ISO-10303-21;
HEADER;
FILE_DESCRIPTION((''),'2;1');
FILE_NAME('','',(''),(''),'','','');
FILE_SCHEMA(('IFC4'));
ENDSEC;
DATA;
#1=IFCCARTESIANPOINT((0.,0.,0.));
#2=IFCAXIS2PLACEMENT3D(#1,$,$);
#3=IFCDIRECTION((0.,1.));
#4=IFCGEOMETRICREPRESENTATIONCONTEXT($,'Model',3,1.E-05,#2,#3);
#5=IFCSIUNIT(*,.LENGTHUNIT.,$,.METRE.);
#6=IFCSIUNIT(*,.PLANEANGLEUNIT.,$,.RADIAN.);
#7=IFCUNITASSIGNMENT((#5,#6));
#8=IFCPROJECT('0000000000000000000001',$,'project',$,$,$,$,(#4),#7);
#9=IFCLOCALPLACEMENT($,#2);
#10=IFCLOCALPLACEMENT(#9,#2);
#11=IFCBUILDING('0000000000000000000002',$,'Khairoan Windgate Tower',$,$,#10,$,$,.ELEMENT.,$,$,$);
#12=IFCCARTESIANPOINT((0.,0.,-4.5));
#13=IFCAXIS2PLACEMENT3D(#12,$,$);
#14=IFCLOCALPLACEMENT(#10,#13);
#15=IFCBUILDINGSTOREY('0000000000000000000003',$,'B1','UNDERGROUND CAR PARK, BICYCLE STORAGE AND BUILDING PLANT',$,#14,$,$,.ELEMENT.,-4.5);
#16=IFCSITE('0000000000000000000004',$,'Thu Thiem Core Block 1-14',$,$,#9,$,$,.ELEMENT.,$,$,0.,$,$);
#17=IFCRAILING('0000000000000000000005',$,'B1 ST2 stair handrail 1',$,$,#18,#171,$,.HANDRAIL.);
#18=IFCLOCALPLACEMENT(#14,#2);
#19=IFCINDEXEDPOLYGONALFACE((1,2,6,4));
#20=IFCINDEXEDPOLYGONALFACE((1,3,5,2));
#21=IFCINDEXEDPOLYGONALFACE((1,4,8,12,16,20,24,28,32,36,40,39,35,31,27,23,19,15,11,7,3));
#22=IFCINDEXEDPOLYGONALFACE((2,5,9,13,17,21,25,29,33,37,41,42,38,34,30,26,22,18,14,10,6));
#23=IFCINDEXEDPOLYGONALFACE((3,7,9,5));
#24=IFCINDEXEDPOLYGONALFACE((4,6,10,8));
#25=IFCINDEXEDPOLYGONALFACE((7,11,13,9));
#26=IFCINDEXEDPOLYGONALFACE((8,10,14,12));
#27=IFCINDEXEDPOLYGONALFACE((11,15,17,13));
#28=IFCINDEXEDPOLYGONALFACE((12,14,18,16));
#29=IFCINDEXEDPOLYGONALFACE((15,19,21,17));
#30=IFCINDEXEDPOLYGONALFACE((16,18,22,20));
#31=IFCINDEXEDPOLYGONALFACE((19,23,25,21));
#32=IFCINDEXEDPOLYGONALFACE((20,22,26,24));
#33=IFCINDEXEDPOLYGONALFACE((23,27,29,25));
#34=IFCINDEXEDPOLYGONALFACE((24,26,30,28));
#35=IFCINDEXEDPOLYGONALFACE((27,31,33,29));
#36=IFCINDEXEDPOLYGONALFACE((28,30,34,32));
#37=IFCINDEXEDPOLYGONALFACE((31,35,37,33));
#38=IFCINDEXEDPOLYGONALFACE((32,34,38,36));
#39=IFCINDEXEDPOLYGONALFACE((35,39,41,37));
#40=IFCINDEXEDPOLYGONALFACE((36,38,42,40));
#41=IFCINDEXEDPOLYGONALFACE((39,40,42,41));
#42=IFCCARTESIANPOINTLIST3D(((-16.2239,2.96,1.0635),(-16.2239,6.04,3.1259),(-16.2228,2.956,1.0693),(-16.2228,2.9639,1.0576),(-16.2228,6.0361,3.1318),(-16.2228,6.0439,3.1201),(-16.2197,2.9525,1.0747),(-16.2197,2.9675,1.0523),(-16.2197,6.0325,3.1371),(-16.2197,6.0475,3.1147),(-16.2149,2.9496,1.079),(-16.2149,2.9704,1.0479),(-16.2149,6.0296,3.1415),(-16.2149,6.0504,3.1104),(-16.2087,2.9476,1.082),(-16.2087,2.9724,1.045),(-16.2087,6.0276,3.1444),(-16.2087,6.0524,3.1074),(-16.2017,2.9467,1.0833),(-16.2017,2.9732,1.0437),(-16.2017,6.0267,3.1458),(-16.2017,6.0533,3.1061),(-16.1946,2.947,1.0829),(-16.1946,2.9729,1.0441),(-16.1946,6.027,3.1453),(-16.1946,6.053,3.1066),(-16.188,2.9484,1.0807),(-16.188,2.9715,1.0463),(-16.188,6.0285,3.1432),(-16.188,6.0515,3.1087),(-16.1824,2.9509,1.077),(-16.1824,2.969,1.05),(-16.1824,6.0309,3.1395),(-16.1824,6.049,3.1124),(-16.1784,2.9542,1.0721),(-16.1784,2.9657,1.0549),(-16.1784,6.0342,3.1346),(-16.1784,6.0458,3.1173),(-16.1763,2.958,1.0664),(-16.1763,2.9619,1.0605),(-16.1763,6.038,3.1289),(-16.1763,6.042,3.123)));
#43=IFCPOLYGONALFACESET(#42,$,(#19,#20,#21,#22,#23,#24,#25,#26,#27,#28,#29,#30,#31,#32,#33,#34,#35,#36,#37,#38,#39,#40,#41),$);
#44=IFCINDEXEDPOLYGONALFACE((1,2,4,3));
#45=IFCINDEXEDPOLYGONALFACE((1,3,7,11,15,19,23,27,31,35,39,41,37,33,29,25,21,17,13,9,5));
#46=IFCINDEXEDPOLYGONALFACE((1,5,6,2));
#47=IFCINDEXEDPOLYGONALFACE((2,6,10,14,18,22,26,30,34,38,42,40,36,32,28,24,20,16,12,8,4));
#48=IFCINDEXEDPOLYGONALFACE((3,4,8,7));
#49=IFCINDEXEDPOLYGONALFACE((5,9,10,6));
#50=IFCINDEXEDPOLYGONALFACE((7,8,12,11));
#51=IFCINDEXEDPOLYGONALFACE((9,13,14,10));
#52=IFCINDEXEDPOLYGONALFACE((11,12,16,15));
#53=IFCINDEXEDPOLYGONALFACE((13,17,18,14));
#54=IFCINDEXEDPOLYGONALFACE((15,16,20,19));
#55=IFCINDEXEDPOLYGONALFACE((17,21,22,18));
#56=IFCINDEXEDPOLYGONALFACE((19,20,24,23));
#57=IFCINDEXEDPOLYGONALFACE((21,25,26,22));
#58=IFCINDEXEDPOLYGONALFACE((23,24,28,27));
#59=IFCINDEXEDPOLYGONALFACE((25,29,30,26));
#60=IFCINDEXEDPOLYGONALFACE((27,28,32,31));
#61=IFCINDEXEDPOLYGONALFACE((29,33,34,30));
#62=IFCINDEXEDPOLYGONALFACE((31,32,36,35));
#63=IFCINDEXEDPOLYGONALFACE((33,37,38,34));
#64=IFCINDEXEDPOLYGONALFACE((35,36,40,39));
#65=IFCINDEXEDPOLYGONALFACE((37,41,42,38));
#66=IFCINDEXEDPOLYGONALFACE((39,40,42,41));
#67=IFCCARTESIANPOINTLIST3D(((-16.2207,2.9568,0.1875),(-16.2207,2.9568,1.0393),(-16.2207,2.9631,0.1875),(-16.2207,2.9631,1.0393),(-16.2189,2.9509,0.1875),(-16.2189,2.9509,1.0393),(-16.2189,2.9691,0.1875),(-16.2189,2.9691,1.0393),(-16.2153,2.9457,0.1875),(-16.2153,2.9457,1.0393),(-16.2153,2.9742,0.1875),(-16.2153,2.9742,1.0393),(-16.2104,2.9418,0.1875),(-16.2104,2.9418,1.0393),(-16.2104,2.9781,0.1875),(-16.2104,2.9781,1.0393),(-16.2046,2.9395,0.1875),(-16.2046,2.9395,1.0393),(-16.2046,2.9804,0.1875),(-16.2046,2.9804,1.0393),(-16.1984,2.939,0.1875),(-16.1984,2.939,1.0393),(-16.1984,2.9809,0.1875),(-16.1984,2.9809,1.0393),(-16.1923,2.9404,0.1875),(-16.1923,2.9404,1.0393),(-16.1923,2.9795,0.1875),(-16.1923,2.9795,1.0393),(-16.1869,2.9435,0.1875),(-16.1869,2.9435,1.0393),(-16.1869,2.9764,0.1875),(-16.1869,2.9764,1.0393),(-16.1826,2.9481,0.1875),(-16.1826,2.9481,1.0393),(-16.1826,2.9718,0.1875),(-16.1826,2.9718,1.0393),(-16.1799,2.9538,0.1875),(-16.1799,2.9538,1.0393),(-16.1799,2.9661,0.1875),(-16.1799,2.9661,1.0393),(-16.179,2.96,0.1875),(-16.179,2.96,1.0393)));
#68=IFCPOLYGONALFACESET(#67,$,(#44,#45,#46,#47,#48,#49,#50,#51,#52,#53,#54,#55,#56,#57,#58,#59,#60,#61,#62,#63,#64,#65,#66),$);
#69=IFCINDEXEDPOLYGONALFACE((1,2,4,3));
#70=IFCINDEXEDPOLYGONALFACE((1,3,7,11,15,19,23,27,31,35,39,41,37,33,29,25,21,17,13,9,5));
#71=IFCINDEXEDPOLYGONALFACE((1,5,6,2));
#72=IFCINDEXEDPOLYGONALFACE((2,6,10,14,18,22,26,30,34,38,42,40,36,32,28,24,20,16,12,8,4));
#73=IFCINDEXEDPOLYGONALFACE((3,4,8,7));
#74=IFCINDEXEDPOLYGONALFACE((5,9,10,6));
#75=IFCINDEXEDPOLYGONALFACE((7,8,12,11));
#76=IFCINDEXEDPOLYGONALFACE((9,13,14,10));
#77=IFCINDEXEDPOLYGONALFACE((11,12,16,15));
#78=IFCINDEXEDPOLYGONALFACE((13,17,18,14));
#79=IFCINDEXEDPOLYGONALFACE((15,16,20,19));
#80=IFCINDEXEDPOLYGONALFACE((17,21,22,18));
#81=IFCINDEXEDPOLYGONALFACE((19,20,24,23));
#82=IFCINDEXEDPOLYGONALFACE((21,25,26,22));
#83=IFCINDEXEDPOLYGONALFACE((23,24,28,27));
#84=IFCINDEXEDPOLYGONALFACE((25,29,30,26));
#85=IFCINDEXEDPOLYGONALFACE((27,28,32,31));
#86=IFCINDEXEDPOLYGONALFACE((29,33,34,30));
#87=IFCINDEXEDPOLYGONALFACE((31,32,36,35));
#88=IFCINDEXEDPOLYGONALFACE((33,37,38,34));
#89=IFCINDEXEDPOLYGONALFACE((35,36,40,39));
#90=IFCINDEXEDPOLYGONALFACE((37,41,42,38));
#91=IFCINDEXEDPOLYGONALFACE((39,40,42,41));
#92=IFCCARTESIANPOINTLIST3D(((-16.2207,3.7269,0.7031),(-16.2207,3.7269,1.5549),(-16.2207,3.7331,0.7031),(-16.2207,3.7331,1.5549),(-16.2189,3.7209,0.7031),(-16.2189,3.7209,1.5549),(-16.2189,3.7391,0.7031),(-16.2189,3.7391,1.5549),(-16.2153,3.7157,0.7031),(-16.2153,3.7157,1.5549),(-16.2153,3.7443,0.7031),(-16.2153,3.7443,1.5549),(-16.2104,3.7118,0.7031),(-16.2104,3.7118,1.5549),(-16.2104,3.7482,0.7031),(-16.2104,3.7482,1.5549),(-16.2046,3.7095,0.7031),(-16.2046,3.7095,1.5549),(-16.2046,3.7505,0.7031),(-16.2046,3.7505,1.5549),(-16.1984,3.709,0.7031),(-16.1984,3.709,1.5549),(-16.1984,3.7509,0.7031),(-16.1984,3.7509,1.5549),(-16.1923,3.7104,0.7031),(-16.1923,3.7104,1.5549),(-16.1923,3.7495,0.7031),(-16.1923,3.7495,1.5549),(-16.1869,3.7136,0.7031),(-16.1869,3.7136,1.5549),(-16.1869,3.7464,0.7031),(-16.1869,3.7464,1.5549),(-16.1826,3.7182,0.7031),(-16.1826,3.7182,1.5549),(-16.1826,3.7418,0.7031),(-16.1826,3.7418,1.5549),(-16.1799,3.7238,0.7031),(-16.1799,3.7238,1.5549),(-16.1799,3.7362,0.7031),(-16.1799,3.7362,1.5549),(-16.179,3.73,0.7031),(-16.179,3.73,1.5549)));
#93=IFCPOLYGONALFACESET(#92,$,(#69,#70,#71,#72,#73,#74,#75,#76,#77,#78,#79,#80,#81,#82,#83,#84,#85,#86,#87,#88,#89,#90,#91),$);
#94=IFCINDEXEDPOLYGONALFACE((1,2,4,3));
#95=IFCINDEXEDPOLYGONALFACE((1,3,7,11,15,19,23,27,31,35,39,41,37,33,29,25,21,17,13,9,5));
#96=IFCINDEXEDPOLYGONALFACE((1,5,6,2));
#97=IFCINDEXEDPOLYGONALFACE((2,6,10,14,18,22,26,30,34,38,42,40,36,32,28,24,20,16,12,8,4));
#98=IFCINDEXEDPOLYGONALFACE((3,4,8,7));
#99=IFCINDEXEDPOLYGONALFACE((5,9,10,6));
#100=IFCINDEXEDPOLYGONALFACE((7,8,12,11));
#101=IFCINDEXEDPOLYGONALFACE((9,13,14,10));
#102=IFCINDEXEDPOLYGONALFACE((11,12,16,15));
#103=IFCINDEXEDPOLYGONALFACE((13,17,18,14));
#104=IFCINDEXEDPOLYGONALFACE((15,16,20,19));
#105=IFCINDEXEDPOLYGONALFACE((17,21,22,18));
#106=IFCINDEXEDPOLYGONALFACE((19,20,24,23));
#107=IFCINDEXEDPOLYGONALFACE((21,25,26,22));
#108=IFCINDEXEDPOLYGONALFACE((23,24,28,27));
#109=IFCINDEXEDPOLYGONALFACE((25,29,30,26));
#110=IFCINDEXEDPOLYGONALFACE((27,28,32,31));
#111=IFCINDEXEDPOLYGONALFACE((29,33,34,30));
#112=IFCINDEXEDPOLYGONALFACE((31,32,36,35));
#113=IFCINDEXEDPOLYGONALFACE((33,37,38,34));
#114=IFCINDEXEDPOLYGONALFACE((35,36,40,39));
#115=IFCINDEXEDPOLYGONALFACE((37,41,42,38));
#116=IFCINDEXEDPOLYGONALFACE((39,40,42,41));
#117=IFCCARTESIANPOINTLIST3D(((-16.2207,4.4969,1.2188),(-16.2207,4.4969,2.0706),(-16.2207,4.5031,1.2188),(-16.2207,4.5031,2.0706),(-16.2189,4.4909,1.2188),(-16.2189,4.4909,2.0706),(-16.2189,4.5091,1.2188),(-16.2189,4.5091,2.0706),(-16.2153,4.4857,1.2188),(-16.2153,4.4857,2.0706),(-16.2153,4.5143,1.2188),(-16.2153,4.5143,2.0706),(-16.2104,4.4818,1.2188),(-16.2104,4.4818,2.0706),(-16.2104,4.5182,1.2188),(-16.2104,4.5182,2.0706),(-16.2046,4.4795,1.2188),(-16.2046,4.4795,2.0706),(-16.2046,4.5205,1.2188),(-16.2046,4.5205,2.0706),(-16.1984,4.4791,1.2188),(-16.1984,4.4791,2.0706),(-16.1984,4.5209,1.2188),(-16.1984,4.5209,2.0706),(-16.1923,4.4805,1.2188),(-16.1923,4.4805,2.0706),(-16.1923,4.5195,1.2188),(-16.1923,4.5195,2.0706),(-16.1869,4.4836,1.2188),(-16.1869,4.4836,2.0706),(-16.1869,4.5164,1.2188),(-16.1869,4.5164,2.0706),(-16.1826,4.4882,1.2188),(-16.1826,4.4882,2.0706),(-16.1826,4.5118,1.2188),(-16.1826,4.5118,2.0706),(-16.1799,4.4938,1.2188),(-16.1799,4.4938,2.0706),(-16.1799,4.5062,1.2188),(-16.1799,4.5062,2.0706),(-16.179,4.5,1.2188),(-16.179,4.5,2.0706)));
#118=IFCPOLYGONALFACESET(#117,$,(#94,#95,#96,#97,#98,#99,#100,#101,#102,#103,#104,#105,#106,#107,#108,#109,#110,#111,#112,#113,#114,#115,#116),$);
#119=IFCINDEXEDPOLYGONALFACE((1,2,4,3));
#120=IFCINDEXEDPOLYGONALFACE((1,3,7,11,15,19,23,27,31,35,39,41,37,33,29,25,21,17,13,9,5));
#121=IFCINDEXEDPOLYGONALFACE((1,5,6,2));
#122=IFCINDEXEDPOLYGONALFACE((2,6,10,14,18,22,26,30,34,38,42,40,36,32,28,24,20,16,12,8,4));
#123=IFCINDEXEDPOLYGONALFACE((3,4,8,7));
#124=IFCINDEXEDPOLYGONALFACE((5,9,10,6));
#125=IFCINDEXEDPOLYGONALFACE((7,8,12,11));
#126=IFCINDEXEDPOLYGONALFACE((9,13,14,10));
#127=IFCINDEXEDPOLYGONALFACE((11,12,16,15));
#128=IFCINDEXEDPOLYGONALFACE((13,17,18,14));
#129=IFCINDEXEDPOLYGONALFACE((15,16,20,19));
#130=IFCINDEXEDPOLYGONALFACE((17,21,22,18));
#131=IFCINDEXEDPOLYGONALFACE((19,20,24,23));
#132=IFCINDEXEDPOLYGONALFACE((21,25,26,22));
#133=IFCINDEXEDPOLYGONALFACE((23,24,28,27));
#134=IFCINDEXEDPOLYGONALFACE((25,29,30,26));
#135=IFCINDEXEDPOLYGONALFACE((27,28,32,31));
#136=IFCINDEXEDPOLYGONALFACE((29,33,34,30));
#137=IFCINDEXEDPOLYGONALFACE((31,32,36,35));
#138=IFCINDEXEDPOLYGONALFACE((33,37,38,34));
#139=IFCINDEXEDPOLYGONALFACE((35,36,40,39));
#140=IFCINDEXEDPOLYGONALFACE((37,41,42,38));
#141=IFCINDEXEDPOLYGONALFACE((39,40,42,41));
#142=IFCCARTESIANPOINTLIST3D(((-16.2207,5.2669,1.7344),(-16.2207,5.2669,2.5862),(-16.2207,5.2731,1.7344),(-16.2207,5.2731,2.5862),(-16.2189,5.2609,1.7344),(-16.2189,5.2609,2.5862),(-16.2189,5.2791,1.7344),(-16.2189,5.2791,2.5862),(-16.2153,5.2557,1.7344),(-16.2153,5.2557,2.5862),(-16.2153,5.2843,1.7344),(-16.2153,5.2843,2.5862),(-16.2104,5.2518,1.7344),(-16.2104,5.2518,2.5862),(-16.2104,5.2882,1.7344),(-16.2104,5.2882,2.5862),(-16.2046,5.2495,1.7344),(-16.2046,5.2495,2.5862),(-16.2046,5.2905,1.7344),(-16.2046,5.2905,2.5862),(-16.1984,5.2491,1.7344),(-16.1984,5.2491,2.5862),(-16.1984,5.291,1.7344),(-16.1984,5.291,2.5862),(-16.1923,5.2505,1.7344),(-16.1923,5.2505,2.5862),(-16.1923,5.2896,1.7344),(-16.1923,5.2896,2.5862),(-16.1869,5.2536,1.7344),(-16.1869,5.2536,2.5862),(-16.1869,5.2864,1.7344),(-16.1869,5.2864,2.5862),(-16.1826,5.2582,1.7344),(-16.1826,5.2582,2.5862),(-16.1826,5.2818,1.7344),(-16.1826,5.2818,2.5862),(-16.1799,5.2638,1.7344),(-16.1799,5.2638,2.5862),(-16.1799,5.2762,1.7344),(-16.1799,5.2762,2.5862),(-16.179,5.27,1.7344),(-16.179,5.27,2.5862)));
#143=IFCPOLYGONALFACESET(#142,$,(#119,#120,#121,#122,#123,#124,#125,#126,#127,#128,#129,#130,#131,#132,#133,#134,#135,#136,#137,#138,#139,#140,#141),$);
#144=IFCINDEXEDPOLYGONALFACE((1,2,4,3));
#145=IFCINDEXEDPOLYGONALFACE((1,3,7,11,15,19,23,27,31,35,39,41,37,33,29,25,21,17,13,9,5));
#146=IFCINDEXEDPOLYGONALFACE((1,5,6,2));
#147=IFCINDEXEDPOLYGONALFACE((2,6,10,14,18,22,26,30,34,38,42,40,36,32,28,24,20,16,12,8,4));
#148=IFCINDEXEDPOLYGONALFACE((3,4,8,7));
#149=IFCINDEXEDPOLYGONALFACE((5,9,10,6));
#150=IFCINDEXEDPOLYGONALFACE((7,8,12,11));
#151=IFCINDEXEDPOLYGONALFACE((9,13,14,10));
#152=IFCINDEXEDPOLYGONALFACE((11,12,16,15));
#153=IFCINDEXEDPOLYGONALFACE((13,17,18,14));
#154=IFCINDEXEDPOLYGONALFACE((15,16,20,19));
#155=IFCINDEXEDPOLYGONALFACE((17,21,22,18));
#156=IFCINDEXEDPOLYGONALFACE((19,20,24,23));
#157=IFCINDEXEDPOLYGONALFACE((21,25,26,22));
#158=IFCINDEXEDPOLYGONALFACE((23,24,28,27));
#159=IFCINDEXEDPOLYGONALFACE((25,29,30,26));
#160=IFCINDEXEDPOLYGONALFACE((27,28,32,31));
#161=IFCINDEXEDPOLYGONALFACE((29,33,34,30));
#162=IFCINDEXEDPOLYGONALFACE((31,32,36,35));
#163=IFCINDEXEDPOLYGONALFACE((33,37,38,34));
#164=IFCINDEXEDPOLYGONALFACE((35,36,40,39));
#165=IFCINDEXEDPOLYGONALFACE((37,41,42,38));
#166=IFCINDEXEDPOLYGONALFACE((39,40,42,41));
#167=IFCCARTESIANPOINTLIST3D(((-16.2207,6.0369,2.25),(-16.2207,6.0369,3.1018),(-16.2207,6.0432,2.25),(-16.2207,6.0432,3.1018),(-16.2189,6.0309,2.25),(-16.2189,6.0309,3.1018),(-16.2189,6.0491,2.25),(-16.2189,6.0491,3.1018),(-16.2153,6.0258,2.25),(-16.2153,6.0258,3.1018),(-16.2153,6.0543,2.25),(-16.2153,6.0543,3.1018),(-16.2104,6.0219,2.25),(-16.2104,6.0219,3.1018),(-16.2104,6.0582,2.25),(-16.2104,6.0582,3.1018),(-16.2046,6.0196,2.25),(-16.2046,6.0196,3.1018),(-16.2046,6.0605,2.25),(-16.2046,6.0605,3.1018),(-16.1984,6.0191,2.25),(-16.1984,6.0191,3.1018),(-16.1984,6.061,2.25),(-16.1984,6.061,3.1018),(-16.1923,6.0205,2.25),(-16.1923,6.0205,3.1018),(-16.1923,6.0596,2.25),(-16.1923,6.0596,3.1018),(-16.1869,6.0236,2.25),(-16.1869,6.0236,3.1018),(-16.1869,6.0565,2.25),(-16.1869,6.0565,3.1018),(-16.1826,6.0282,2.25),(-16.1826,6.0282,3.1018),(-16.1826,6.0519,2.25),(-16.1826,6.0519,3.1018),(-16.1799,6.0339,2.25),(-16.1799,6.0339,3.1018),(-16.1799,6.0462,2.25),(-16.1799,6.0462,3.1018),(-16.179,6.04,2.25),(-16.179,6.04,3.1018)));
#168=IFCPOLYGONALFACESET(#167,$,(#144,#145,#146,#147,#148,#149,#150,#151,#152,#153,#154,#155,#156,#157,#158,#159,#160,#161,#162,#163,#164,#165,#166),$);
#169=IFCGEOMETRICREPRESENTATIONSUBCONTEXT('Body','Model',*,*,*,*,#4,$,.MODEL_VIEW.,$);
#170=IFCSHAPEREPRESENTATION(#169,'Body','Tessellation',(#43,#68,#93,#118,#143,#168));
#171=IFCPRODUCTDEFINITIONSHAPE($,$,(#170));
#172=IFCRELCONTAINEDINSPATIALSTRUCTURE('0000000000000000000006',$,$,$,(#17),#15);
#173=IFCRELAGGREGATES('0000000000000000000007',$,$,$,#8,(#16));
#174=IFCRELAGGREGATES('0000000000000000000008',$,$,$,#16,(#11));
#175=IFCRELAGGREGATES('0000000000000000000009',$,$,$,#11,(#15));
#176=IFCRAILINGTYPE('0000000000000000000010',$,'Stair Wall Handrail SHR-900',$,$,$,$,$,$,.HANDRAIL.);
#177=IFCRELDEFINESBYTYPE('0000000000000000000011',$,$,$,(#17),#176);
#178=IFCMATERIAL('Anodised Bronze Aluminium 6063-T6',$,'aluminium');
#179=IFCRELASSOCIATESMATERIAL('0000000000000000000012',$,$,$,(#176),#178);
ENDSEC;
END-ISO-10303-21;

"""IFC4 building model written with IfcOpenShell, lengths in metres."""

from ifc_helpers import new_model, si_unit, direction, frame, origin, origin_2d, place, context, subcontext, project, spatial, circle, extrude, material, type_object, element, save


model = new_model("IFC4")

# Units and contexts
model_context = context("Model", 3, precision=1e-05, world=origin(), true_north=direction((0.0, 1.0)))
body_context = subcontext(model_context, "Body", "Model", "MODEL_VIEW")
ifc_project = project(units=[si_unit("LENGTHUNIT", "METRE"), si_unit("PLANEANGLEUNIT", "RADIAN")], contexts=[model_context])

# Site, building, storey
site_placement = place(None, origin())
site = spatial("IfcSite", under=ifc_project, at=site_placement, Name="Thu Thiem Core Block 1-14", CompositionType="ELEMENT", RefElevation=0.0)
building_placement = place(site_placement, origin())
building = spatial("IfcBuilding", under=site, at=building_placement, Name="Khairoan Windgate Tower", CompositionType="ELEMENT")
storey_placement = place(building_placement, frame((0.0, 0.0, -4.5)))
storey = spatial("IfcBuildingStorey", under=building, at=storey_placement, Name="B1", Description="UNDERGROUND CAR PARK, BICYCLE STORAGE AND BUILDING PLANT", CompositionType="ELEMENT", Elevation=-4.5)

# Railing
ifc_material_1 = material(Name="Anodised Bronze Aluminium 6063-T6", Category="aluminium")
railing_type_1 = type_object("IfcRailingType", Name="Stair Wall Handrail SHR-900", PredefinedType="HANDRAIL", material=ifc_material_1)
railing_1_placement = place(storey_placement, frame((-16.2, 2.96, 0.1875)))
element("IfcRailing", 1, at=railing_1_placement, inside=storey, type_object=railing_type_1, Name="B1 ST2 stair handrail 1", PredefinedType="HANDRAIL", context=body_context, shape_type="SweptSolid", body=[
    extrude(circle(Radius=0.0239, at=origin_2d()), frame((0.0, 0.0, 0.876), z_axis=(0.0, 0.830914, 0.556401), x_axis=(-1.0, 0.0, 0.0)), (0.0, 0.0, 1.0), 3.7068),
    extrude(circle(Radius=0.021, at=origin_2d()), origin(), (0.0, 0.0, 1.0), 0.8518),
    extrude(circle(Radius=0.021, at=origin_2d()), frame((0.0, 0.77, 0.5156)), (0.0, 0.0, 1.0), 0.8518),
    extrude(circle(Radius=0.021, at=origin_2d()), frame((0.0, 1.54, 1.0312)), (0.0, 0.0, 1.0), 0.8518),
    extrude(circle(Radius=0.021, at=origin_2d()), frame((0.0, 2.3101, 1.5469)), (0.0, 0.0, 1.0), 0.8518),
    extrude(circle(Radius=0.021, at=origin_2d()), frame((0.0, 3.0801, 2.0625)), (0.0, 0.0, 1.0), 0.8518),
])

save(model, "model.ifc")
